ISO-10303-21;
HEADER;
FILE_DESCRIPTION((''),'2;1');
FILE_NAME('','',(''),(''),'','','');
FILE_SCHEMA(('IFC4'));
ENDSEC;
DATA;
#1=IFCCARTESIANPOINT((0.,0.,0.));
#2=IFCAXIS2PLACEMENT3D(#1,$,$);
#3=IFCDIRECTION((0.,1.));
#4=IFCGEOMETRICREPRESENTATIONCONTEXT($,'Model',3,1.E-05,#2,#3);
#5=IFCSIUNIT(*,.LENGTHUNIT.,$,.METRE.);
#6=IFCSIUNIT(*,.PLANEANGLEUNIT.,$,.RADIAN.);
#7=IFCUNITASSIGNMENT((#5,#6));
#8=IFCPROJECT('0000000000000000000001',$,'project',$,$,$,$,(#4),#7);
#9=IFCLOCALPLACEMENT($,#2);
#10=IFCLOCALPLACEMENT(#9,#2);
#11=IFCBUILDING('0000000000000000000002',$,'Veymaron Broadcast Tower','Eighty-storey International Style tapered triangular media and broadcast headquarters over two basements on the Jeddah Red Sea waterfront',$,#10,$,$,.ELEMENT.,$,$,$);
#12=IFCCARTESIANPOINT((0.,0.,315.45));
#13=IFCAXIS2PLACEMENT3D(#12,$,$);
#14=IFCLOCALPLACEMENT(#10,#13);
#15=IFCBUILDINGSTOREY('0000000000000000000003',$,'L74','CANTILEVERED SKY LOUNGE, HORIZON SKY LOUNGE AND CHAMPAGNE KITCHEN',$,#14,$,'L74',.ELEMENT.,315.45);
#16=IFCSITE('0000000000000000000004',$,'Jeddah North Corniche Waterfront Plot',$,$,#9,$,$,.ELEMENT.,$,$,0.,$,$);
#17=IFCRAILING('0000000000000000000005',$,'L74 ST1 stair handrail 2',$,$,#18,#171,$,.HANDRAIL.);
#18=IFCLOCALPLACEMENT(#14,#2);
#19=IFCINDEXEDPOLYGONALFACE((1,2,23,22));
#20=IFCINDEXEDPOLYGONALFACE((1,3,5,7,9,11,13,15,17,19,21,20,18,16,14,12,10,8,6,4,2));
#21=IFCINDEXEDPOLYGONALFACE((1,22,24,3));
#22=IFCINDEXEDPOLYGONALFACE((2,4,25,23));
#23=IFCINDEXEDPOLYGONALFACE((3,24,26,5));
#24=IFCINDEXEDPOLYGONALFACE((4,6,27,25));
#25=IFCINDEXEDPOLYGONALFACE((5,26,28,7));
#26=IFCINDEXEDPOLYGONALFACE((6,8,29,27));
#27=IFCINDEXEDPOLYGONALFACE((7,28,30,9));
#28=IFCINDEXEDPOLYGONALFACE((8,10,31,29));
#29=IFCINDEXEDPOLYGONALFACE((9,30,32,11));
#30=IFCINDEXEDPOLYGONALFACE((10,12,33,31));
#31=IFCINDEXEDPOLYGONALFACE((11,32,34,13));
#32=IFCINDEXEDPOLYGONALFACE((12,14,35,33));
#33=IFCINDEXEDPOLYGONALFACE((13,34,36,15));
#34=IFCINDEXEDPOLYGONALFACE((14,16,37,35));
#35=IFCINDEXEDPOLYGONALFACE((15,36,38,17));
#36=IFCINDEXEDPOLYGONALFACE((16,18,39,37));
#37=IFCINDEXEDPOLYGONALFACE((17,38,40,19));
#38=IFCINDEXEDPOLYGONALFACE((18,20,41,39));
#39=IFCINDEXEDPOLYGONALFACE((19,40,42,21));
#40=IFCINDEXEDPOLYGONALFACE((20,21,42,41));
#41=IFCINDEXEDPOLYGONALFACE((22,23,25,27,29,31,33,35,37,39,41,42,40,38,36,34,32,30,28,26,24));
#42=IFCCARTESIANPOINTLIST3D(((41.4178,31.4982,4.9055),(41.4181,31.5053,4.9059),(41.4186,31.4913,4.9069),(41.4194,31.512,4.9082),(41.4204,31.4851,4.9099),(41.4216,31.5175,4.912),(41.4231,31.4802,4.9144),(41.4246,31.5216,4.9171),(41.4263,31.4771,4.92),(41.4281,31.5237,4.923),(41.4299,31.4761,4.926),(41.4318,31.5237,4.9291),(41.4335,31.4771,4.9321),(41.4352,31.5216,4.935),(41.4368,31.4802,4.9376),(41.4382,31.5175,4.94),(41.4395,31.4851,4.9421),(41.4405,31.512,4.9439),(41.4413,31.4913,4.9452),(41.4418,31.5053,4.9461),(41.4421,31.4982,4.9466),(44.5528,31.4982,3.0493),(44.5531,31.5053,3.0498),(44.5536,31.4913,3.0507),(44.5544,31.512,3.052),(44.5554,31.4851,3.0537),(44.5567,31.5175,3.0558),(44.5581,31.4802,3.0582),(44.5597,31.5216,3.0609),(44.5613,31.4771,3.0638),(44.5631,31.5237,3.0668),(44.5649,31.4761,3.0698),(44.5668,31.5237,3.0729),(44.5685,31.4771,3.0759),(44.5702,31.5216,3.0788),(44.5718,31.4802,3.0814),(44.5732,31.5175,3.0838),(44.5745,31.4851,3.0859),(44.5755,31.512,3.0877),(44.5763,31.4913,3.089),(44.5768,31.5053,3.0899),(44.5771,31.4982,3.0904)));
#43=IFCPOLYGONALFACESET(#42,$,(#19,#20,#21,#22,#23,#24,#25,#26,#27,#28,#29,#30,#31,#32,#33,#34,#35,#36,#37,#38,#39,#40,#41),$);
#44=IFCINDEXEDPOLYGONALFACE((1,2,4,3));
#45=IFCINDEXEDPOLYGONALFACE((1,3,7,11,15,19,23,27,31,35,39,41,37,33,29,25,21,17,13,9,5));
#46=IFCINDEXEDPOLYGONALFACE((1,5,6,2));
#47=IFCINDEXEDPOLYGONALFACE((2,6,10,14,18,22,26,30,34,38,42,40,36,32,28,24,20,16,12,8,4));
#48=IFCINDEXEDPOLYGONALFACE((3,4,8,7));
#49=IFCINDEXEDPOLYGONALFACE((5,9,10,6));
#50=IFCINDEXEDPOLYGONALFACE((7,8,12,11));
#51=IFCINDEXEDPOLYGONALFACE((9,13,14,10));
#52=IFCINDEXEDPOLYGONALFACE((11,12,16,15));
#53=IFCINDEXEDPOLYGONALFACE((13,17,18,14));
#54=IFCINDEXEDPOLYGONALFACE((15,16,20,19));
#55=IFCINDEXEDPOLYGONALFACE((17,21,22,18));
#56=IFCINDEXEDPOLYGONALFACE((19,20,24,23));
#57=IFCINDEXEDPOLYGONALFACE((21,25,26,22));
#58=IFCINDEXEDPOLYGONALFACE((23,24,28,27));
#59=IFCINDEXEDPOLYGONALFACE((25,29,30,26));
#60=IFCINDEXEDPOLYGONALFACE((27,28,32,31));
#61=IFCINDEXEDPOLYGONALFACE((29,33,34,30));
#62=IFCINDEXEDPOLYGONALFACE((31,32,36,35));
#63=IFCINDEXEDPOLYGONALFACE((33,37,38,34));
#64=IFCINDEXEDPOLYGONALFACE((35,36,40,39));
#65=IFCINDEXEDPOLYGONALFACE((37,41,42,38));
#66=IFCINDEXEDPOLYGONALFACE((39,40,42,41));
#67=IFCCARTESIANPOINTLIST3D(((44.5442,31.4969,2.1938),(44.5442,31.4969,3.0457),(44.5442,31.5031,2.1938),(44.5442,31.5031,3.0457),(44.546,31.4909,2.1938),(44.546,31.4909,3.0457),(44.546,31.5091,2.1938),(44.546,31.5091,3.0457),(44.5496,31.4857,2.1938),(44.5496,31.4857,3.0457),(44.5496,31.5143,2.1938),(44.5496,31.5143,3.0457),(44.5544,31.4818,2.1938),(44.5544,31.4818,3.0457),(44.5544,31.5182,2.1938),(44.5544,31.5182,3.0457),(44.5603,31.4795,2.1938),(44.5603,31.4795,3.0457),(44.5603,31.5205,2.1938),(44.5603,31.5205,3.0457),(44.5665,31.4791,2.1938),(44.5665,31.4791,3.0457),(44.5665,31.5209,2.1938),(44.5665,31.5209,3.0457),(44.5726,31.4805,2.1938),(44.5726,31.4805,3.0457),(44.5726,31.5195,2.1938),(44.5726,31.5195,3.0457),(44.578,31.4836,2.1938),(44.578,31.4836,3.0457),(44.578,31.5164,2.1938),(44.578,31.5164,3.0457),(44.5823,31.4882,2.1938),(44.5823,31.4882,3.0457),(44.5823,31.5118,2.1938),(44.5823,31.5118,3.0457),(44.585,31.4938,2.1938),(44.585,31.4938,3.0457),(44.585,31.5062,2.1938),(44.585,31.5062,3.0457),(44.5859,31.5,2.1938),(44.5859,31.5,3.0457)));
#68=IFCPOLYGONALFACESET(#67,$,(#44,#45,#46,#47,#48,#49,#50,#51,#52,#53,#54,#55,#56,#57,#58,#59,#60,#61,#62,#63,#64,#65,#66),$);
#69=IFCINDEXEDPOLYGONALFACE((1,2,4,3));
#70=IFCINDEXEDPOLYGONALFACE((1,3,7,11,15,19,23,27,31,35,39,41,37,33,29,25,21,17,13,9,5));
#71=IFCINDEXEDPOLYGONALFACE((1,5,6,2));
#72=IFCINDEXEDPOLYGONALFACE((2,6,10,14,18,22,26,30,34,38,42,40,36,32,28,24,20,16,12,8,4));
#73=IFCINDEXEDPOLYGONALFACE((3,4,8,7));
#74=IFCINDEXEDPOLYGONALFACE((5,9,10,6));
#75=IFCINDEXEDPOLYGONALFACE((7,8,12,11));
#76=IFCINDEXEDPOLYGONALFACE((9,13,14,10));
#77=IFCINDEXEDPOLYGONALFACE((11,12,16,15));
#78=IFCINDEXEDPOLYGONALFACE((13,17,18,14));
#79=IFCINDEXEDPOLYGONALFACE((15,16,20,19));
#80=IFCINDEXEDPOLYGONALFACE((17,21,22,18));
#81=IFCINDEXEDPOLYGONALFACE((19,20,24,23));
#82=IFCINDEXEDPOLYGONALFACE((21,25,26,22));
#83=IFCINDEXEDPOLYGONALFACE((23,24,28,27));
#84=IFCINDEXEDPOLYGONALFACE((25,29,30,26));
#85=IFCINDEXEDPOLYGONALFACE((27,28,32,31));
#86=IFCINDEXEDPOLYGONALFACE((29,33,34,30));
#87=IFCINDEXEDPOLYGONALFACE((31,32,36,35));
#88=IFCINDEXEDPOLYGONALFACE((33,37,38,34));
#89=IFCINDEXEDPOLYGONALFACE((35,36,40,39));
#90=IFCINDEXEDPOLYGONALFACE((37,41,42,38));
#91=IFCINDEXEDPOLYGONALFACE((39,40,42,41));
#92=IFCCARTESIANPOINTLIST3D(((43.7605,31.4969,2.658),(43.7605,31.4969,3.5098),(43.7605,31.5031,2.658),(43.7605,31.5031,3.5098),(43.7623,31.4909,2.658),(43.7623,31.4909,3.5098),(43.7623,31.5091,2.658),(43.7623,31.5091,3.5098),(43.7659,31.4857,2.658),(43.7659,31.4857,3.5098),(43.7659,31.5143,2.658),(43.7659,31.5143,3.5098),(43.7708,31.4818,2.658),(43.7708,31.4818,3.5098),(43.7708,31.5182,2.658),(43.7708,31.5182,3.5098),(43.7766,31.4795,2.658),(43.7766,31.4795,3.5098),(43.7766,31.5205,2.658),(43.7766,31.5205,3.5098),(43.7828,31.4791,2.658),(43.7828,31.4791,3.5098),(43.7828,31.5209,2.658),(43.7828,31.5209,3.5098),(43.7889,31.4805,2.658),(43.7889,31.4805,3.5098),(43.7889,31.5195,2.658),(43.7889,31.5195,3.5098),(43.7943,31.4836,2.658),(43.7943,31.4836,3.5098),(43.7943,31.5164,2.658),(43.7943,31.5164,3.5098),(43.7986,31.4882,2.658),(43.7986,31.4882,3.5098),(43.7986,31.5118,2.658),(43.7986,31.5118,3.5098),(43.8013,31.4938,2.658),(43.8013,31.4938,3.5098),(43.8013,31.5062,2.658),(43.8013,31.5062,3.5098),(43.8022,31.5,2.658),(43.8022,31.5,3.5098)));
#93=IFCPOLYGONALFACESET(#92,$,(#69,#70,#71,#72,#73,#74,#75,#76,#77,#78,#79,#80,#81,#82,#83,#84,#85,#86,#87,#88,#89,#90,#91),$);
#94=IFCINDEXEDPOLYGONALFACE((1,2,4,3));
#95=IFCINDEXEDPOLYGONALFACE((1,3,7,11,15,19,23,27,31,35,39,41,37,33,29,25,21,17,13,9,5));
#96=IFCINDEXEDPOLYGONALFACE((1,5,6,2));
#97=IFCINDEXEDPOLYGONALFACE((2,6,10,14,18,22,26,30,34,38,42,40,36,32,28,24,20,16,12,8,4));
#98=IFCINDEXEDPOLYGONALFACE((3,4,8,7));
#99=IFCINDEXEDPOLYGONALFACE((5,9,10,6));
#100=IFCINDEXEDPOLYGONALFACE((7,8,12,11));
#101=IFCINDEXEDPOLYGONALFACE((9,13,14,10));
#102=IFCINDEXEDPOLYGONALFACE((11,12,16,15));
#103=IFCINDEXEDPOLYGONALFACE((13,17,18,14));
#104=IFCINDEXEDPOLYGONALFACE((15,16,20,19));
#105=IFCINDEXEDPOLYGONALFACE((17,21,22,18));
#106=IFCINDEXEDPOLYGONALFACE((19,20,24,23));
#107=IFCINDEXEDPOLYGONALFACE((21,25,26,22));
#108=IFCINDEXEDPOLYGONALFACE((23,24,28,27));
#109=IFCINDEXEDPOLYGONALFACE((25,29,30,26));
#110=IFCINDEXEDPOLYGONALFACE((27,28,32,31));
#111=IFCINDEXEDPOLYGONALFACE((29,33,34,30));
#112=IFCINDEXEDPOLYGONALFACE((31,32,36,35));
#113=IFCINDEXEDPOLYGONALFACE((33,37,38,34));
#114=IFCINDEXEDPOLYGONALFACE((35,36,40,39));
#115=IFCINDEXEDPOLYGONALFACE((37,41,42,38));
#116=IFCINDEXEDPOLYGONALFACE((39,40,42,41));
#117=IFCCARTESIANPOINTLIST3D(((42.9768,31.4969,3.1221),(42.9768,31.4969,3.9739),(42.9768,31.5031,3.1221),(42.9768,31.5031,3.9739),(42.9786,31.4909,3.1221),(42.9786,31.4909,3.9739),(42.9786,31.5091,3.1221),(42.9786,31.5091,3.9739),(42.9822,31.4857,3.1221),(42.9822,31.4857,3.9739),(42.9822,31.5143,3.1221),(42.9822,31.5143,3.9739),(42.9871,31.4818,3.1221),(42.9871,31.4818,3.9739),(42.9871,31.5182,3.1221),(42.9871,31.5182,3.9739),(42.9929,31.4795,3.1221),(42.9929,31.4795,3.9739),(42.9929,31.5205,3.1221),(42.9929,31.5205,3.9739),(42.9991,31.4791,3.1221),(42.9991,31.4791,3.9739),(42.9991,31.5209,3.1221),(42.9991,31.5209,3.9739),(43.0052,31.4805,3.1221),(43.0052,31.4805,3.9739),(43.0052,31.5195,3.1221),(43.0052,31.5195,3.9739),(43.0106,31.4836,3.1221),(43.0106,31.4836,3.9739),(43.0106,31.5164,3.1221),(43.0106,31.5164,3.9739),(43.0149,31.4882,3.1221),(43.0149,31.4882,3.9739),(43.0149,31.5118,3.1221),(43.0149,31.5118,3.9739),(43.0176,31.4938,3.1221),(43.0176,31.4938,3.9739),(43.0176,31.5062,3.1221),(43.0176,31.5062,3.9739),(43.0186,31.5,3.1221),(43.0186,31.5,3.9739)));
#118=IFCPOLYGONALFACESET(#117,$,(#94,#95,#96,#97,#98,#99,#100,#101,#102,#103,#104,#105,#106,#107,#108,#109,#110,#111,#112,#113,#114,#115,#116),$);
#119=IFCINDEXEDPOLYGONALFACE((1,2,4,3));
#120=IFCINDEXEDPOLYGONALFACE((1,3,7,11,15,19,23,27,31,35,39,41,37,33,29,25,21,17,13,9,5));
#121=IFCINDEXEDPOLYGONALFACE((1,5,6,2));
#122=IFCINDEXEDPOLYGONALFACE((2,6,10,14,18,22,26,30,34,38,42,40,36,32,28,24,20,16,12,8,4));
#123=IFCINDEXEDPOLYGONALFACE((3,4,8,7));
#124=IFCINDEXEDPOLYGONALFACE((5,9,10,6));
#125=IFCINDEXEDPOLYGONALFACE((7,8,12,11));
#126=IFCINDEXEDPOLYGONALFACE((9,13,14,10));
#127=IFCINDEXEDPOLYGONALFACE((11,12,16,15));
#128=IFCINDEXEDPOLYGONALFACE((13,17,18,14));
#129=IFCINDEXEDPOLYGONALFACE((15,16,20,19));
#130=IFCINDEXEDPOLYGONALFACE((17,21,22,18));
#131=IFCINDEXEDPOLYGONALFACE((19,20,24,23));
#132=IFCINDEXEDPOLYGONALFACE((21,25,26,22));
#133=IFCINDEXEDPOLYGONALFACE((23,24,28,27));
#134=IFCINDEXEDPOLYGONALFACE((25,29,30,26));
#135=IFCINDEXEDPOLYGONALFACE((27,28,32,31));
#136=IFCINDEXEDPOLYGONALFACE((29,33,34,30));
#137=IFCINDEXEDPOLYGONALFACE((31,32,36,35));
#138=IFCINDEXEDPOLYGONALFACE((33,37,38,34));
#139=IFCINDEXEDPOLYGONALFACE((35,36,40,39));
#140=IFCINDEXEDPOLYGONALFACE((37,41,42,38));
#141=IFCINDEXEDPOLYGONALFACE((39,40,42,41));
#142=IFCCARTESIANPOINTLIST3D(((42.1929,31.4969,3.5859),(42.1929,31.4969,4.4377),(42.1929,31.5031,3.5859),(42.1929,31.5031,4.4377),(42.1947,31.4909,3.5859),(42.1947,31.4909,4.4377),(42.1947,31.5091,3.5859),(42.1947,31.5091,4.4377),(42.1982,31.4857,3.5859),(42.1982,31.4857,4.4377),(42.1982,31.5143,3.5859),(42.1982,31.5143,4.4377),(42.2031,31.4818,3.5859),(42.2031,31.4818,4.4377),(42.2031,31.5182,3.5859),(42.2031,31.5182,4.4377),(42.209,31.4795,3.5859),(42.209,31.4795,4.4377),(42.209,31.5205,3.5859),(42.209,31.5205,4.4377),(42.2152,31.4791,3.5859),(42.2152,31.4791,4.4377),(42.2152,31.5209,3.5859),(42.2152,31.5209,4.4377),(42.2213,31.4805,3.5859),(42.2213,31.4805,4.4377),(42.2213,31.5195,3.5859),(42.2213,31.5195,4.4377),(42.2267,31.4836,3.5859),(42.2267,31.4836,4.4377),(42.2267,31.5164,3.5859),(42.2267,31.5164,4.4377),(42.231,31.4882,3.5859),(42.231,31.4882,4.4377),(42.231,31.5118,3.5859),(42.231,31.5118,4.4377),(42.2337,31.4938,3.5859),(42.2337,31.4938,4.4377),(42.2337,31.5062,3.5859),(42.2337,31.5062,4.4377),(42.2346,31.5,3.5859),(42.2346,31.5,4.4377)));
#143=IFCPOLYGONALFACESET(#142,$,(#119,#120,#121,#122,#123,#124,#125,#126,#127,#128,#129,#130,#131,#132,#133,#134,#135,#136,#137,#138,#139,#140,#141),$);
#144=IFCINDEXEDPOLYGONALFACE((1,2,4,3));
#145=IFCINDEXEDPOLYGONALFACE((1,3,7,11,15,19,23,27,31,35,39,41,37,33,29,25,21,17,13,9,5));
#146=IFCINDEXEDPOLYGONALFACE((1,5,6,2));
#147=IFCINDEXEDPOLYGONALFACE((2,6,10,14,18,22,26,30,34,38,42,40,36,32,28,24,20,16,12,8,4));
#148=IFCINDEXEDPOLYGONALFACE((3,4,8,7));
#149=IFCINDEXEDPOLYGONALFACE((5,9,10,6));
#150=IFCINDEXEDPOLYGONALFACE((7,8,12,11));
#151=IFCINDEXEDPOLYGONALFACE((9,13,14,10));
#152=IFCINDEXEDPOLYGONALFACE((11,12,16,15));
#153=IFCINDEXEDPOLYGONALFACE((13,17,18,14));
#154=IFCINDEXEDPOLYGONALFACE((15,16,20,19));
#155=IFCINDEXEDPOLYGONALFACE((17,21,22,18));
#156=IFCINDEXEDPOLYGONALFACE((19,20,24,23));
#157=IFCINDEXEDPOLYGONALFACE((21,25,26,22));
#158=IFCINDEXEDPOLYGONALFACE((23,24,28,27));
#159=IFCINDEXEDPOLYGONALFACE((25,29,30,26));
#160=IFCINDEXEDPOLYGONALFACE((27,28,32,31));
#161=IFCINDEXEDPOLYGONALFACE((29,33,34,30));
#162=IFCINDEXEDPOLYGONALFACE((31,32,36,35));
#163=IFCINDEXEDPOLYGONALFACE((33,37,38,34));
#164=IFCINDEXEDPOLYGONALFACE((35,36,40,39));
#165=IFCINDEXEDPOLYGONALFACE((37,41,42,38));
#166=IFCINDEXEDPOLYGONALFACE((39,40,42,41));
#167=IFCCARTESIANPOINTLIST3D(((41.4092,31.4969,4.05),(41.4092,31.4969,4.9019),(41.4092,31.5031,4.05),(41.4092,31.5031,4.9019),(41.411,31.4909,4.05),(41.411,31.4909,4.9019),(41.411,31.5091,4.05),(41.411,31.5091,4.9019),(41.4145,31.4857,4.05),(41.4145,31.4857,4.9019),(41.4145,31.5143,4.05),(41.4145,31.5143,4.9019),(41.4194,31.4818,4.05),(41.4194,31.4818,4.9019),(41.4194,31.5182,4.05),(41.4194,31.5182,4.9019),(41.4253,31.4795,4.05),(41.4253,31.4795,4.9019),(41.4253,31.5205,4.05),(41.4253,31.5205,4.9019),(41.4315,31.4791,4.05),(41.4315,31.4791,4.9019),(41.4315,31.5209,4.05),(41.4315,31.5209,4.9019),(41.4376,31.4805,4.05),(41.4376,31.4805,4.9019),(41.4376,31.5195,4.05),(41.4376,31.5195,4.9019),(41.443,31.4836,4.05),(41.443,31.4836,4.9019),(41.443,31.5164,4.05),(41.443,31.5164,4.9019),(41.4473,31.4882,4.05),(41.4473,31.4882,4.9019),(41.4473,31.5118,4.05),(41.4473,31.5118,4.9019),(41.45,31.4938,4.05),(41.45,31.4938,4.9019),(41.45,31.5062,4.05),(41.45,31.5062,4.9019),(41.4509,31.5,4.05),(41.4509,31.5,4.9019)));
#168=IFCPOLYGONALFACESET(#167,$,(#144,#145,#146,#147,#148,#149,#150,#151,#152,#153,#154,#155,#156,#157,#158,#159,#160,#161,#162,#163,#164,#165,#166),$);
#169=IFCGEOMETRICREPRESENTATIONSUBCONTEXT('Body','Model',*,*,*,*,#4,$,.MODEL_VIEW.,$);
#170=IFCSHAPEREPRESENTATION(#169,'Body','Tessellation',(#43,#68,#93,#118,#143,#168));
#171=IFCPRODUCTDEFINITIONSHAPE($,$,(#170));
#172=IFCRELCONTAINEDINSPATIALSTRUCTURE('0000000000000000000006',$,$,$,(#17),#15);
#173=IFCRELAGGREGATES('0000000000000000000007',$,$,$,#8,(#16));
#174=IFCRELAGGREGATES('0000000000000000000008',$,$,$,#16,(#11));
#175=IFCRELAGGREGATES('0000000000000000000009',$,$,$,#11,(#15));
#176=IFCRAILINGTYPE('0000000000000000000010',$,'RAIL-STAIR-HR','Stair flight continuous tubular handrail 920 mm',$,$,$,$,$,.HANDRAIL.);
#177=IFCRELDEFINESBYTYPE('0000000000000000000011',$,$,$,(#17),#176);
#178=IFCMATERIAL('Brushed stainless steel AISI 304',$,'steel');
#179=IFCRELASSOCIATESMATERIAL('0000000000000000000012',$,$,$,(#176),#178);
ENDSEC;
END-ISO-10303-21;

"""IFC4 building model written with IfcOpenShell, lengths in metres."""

from ifc_helpers import new_model, si_unit, direction, frame, origin, origin_2d, place, context, subcontext, project, spatial, circle, extrude, material, type_object, element, save


model = new_model("IFC4")

# Units and contexts
model_context = context("Model", 3, precision=1e-05, world=origin(), true_north=direction((0.0, 1.0)))
body_context = subcontext(model_context, "Body", "Model", "MODEL_VIEW")
ifc_project = project(units=[si_unit("LENGTHUNIT", "METRE"), si_unit("PLANEANGLEUNIT", "RADIAN")], contexts=[model_context])

# Site, building, storey
site_placement = place(None, origin())
site = spatial("IfcSite", under=ifc_project, at=site_placement, Name="Jeddah North Corniche Waterfront Plot", CompositionType="ELEMENT", RefElevation=0.0)
building_placement = place(site_placement, origin())
building = spatial("IfcBuilding", under=site, at=building_placement, Name="Veymaron Broadcast Tower", Description="Eighty-storey International Style tapered triangular media and broadcast headquarters over two basements on the Jeddah Red Sea waterfront", CompositionType="ELEMENT")
storey_placement = place(building_placement, frame((0.0, 0.0, 315.45)))
storey = spatial("IfcBuildingStorey", under=building, at=storey_placement, Name="L74", Description="CANTILEVERED SKY LOUNGE, HORIZON SKY LOUNGE AND CHAMPAGNE KITCHEN", LongName="L74", CompositionType="ELEMENT", Elevation=315.45)

# Railing
ifc_material_1 = material(Name="Brushed stainless steel AISI 304", Category="steel")
railing_type_1 = type_object("IfcRailingType", Name="RAIL-STAIR-HR", Description="Stair flight continuous tubular handrail 920 mm", PredefinedType="HANDRAIL", material=ifc_material_1)
railing_1_placement = place(storey_placement, frame((44.5649, 31.5, 2.1938)))
element("IfcRailing", 1, at=railing_1_placement, inside=storey, type_object=railing_type_1, Name="L74 ST1 stair handrail 2", PredefinedType="HANDRAIL", context=body_context, shape_type="SweptSolid", body=[
    extrude(circle(Radius=0.0239, at=origin_2d()), frame((0.0, 0.0, 0.876), z_axis=(-0.860482, 0.0, 0.509481), x_axis=(0.0, -1.0, 0.0)), (0.0, 0.0, 1.0), 3.6433),
    extrude(circle(Radius=0.021, at=origin_2d()), origin(), (0.0, 0.0, 1.0), 0.8518),
    extrude(circle(Radius=0.021, at=origin_2d()), frame((-0.7837, 0.0, 0.4641)), (0.0, 0.0, 1.0), 0.8518),
    extrude(circle(Radius=0.021, at=origin_2d()), frame((-1.5674, 0.0, 0.9282)), (0.0, 0.0, 1.0), 0.8518),
    extrude(circle(Radius=0.021, at=origin_2d()), frame((-2.3513, 0.0, 1.3921)), (0.0, 0.0, 1.0), 0.8518),
    extrude(circle(Radius=0.021, at=origin_2d()), frame((-3.135, 0.0, 1.8562)), (0.0, 0.0, 1.0), 0.8518),
])

save(model, "model.ifc")
